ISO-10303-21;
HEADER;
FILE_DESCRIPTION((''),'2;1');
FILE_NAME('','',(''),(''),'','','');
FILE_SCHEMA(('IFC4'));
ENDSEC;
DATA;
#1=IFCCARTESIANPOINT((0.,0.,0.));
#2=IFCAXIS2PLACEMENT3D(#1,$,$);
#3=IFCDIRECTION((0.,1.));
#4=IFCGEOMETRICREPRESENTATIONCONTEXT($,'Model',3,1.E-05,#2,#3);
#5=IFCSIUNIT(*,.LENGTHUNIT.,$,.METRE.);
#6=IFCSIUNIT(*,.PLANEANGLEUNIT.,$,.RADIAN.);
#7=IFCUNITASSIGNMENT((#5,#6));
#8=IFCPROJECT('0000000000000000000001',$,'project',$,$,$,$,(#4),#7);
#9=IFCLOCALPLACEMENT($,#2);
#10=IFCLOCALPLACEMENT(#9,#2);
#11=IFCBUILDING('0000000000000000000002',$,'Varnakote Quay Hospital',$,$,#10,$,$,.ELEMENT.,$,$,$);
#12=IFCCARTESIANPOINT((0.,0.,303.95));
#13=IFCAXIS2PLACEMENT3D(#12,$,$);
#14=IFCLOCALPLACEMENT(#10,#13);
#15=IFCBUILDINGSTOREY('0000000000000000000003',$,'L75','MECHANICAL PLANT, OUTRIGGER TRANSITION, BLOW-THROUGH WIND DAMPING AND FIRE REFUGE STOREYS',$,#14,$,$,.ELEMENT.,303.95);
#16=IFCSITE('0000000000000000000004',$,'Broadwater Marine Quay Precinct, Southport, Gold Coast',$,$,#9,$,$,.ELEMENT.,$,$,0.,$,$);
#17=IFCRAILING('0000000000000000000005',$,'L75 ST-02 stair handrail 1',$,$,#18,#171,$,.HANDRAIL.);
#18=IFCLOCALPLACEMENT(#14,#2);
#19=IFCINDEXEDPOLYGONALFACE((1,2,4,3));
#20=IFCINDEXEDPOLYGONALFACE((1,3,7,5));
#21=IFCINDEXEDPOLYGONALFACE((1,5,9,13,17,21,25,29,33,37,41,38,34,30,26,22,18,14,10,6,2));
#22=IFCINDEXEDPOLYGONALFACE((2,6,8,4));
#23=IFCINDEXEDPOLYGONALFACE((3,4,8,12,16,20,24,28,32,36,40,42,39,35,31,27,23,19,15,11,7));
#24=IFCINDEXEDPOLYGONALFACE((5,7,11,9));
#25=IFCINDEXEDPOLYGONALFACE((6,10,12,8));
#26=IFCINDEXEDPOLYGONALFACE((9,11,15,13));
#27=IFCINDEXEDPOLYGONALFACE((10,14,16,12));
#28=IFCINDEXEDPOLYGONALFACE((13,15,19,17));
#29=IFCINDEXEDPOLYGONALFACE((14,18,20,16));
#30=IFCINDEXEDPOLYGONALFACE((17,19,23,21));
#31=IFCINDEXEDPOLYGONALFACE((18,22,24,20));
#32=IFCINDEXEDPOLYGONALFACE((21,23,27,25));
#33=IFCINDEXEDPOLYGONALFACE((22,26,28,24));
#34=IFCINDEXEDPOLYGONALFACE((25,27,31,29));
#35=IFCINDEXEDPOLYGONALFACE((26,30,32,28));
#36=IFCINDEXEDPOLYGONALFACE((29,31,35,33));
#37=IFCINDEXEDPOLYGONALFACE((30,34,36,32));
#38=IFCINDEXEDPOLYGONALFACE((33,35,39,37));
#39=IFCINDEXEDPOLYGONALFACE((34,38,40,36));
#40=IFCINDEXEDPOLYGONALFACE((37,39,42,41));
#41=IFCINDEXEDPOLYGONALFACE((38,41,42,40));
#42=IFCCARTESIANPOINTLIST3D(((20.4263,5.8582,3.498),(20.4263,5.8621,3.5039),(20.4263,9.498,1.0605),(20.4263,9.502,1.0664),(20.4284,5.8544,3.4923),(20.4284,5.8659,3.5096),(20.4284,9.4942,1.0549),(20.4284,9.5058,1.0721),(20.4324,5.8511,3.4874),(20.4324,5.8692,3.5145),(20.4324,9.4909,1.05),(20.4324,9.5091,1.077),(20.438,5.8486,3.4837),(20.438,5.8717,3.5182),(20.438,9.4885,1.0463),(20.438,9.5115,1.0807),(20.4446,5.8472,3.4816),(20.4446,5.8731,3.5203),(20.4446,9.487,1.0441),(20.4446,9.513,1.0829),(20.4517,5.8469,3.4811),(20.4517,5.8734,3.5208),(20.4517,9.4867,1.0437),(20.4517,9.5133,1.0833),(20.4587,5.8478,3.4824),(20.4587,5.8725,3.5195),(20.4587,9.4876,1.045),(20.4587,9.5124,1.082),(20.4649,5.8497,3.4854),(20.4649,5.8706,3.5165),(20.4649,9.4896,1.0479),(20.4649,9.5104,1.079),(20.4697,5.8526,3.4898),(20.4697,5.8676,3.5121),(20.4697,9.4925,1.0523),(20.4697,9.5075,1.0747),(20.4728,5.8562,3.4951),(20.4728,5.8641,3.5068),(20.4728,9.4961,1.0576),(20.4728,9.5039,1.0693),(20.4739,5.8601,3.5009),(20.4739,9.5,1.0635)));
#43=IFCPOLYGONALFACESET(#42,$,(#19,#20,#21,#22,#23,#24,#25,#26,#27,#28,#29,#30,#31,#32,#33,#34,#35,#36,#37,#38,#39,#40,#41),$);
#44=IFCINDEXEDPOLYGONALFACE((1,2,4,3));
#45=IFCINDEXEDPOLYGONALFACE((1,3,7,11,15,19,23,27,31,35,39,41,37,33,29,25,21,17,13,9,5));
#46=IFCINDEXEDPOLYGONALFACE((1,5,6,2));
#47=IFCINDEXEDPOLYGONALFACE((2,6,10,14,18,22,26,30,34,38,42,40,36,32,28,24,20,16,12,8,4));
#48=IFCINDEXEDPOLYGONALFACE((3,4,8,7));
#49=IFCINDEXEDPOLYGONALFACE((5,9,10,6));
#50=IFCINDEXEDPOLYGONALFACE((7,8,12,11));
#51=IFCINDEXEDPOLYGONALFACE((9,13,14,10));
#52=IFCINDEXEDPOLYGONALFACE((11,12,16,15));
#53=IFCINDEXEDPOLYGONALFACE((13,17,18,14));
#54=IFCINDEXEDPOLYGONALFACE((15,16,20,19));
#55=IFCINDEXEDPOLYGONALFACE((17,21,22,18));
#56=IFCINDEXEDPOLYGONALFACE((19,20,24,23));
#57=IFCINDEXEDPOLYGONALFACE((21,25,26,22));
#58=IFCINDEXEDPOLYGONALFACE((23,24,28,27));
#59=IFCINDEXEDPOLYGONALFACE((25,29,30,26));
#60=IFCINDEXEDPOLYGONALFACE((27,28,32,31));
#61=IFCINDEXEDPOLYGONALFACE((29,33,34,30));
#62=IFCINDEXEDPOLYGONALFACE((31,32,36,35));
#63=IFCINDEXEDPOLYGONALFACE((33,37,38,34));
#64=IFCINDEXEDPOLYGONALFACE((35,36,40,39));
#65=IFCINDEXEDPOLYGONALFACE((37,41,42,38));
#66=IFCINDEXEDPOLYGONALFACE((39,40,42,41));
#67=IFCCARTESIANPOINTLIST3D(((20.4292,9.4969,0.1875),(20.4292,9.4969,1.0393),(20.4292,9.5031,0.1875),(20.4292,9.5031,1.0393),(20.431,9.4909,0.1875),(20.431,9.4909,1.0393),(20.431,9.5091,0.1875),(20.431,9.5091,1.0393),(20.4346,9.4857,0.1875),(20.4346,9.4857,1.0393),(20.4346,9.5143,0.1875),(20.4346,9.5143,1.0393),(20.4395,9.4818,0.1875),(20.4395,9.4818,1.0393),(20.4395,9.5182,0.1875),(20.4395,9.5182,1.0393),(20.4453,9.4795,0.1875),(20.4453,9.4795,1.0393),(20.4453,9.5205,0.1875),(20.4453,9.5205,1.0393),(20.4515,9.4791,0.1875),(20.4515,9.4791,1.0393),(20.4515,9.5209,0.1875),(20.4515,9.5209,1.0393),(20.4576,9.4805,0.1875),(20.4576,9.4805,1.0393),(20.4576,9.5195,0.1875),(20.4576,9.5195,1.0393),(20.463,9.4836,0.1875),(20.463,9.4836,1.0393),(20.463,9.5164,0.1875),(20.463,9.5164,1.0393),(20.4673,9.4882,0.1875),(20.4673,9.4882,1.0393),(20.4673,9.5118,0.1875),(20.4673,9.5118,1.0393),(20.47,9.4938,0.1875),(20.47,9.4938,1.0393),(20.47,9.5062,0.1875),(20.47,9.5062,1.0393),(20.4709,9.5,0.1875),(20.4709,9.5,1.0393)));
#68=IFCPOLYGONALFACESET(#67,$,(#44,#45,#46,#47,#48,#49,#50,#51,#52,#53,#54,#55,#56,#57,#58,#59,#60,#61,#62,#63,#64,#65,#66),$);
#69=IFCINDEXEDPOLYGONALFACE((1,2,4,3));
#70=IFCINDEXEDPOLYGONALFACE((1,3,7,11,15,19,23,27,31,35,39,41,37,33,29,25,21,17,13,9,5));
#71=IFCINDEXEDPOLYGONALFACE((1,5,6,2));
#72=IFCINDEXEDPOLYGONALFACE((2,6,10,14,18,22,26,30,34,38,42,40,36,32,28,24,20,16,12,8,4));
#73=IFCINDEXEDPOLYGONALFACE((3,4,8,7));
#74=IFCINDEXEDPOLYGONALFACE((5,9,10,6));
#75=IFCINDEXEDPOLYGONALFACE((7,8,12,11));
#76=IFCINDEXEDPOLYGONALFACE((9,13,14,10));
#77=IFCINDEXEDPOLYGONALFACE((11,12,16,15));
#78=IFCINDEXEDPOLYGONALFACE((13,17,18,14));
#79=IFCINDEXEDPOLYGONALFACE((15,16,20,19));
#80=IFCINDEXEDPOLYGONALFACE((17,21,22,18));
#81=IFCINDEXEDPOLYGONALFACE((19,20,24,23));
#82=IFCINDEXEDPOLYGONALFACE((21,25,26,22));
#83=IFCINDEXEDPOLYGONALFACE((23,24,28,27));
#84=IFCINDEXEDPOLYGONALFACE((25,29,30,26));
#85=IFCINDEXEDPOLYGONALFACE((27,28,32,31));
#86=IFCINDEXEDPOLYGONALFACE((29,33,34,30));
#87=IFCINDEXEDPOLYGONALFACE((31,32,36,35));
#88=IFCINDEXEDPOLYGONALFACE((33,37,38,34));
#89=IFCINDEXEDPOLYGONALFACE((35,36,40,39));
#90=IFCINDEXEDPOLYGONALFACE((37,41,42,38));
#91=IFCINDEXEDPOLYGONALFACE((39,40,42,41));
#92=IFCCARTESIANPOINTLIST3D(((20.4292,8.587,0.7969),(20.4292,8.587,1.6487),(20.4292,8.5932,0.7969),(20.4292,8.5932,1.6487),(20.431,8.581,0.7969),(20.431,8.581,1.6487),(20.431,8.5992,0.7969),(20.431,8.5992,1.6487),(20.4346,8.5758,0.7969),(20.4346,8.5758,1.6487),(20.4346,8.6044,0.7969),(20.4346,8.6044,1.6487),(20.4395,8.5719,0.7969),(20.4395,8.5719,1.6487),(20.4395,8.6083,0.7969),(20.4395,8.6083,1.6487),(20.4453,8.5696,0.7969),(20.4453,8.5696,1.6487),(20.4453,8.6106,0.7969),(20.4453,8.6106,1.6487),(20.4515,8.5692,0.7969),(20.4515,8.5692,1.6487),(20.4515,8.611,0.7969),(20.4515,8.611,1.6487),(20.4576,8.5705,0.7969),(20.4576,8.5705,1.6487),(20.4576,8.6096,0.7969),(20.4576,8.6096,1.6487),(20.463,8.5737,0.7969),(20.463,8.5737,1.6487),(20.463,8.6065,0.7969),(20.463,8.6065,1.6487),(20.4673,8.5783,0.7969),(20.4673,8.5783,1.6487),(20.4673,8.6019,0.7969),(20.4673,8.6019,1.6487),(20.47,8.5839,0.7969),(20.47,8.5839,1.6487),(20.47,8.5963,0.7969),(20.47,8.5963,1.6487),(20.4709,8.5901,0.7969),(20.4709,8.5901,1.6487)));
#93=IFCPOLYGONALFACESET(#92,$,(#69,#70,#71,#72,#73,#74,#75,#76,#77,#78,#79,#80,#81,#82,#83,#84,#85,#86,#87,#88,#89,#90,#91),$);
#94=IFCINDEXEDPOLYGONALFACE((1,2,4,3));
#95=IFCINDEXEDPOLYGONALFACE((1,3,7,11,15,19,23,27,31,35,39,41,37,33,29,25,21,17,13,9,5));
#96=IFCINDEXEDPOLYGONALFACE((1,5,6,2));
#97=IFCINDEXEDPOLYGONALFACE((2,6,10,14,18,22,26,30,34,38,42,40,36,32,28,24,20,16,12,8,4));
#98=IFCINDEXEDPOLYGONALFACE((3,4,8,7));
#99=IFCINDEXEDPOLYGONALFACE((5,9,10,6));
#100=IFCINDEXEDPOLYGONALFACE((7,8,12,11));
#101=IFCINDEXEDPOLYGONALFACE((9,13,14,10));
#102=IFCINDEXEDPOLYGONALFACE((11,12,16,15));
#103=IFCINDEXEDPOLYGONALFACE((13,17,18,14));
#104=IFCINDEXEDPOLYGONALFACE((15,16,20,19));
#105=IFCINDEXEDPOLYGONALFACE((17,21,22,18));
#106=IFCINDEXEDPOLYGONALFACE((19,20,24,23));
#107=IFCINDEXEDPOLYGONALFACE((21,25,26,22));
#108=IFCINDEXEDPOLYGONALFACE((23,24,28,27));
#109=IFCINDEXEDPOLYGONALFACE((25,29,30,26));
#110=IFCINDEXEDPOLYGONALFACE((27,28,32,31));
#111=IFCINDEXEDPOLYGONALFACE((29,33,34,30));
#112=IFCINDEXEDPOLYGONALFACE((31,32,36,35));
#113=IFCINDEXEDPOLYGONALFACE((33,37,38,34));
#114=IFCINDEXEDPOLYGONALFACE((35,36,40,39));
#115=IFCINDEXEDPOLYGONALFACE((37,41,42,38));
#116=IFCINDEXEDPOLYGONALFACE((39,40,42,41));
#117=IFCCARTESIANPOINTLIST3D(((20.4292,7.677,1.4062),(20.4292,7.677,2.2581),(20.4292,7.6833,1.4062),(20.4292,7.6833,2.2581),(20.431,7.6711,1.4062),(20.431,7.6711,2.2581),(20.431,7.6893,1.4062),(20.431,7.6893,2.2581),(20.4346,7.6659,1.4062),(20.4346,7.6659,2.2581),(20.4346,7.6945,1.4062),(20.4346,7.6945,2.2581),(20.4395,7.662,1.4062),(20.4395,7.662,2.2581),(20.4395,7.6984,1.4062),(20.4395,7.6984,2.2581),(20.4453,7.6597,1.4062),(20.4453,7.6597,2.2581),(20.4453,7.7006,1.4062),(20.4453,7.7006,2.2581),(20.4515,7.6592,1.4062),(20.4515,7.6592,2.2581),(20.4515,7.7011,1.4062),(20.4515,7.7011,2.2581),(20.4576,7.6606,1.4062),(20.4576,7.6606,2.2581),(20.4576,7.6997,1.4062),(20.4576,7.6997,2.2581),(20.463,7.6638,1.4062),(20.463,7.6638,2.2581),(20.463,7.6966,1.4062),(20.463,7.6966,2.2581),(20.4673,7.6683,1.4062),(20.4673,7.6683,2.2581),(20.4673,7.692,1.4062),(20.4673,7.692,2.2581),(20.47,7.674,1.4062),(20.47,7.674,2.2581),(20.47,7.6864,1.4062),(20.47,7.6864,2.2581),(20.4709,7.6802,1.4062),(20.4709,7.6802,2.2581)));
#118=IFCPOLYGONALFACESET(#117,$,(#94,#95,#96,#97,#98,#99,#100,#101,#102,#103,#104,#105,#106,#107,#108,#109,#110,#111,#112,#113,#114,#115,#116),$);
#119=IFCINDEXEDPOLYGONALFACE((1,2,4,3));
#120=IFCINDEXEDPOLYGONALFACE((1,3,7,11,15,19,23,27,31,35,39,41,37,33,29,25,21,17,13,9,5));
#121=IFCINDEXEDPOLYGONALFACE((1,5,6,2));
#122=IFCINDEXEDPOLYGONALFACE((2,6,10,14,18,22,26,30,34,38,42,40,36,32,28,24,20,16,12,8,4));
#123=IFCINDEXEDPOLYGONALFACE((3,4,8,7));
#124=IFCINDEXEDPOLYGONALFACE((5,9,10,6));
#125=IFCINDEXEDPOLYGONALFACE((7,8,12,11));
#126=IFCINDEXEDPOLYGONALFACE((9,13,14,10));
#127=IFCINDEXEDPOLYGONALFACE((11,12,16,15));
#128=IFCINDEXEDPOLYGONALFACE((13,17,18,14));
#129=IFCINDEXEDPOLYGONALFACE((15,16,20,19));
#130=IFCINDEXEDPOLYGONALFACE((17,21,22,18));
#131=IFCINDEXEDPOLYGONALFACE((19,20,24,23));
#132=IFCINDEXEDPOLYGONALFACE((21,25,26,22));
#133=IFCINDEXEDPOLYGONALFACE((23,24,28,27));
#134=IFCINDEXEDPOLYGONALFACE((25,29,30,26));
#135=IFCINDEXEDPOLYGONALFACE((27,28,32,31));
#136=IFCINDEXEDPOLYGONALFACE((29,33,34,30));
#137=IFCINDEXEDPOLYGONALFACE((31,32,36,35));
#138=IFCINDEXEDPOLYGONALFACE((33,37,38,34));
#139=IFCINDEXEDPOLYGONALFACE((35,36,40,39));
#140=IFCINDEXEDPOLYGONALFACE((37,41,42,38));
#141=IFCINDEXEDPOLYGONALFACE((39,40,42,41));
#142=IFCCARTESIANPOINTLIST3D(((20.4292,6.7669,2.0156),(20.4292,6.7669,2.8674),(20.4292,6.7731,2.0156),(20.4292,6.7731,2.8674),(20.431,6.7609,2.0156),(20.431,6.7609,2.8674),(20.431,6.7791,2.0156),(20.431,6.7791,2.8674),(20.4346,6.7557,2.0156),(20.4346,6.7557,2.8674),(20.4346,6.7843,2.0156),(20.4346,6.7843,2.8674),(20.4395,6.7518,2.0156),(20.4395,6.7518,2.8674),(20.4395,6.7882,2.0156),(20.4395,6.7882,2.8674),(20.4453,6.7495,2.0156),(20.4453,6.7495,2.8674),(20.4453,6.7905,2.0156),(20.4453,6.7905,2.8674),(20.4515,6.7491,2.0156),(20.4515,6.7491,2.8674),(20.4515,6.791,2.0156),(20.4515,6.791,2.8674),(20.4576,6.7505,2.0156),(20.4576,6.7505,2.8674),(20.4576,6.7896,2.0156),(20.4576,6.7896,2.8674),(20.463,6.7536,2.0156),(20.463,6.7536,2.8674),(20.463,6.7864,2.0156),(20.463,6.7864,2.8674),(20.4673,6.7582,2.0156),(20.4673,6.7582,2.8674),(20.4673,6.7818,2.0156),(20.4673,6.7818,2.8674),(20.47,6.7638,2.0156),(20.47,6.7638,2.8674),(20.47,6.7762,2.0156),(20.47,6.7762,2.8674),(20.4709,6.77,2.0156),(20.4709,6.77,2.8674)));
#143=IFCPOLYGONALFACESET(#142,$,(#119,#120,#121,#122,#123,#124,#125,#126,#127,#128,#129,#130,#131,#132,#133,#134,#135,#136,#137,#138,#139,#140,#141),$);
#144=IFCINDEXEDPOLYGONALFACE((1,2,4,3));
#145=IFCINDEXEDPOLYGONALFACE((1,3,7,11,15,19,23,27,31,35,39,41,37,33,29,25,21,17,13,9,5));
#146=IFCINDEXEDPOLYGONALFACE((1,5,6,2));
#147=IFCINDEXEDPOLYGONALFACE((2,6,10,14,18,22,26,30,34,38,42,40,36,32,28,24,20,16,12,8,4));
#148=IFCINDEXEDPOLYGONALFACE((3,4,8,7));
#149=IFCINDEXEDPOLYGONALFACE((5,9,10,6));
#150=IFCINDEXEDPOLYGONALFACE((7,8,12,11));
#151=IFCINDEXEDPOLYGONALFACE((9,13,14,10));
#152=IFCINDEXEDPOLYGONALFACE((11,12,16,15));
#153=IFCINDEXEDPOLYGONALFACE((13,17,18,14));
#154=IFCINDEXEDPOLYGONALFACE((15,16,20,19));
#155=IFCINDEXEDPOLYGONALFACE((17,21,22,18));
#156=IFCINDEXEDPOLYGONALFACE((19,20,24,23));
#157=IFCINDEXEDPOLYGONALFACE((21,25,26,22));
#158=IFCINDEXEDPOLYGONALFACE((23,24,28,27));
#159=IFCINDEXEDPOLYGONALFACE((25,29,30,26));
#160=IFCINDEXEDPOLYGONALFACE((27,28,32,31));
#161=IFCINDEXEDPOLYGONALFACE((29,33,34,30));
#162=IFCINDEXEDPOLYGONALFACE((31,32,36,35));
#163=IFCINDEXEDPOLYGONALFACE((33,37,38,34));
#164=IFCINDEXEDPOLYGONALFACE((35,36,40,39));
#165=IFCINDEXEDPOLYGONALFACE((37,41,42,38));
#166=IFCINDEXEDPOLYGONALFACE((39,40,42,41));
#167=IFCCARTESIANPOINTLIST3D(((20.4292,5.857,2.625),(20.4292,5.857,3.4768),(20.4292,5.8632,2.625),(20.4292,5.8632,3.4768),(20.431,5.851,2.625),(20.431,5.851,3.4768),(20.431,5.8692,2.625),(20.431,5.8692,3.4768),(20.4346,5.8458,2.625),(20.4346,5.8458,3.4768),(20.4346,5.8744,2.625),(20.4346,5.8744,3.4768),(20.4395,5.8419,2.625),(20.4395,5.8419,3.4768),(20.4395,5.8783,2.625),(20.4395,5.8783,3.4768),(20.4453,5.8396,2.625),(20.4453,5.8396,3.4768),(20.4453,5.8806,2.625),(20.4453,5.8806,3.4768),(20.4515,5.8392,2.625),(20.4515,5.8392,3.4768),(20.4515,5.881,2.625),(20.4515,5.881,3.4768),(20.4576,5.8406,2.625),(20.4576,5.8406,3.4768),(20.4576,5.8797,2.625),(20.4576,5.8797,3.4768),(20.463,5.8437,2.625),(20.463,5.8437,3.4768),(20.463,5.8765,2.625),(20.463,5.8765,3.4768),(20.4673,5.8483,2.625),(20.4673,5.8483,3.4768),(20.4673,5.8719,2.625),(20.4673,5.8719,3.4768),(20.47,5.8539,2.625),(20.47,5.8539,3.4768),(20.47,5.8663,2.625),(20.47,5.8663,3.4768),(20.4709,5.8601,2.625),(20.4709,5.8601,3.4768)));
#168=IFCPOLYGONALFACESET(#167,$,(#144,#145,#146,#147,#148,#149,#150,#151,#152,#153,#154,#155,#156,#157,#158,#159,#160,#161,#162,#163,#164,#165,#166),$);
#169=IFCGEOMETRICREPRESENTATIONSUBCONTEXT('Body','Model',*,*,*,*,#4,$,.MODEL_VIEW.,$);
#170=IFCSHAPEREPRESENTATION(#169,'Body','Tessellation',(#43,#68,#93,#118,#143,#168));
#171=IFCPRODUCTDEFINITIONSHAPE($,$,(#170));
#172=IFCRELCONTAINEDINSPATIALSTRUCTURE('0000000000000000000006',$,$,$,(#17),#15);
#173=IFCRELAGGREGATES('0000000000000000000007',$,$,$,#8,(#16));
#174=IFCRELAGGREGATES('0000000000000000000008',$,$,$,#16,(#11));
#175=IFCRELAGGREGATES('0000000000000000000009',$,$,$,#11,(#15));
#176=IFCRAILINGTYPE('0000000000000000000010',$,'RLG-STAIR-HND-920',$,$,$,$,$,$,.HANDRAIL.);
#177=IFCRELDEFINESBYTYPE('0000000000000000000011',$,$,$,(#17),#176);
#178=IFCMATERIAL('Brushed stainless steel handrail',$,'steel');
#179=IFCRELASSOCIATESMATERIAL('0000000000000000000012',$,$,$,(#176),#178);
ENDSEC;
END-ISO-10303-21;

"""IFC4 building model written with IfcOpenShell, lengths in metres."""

from ifc_helpers import new_model, si_unit, direction, frame, origin, origin_2d, place, context, subcontext, project, spatial, circle, extrude, material, type_object, element, save


model = new_model("IFC4")

# Units and contexts
model_context = context("Model", 3, precision=1e-05, world=origin(), true_north=direction((0.0, 1.0)))
body_context = subcontext(model_context, "Body", "Model", "MODEL_VIEW")
ifc_project = project(units=[si_unit("LENGTHUNIT", "METRE"), si_unit("PLANEANGLEUNIT", "RADIAN")], contexts=[model_context])

# Site, building, storey
site_placement = place(None, origin())
site = spatial("IfcSite", under=ifc_project, at=site_placement, Name="Broadwater Marine Quay Precinct, Southport, Gold Coast", CompositionType="ELEMENT", RefElevation=0.0)
building_placement = place(site_placement, origin())
building = spatial("IfcBuilding", under=site, at=building_placement, Name="Varnakote Quay Hospital", CompositionType="ELEMENT")
storey_placement = place(building_placement, frame((0.0, 0.0, 303.95)))
storey = spatial("IfcBuildingStorey", under=building, at=storey_placement, Name="L75", Description="MECHANICAL PLANT, OUTRIGGER TRANSITION, BLOW-THROUGH WIND DAMPING AND FIRE REFUGE STOREYS", CompositionType="ELEMENT", Elevation=303.95)

# Railing
ifc_material_1 = material(Name="Brushed stainless steel handrail", Category="steel")
railing_type_1 = type_object("IfcRailingType", Name="RLG-STAIR-HND-920", PredefinedType="HANDRAIL", material=ifc_material_1)
railing_1_placement = place(storey_placement, frame((20.45, 9.5, 0.1875)))
element("IfcRailing", 1, at=railing_1_placement, inside=storey, type_object=railing_type_1, Name="L75 ST-02 stair handrail 1", PredefinedType="HANDRAIL", context=body_context, shape_type="SweptSolid", body=[
    extrude(circle(Radius=0.0239, at=origin_2d()), frame((0.0, 0.0, 0.876), z_axis=(0.0, -0.8309, 0.556422), x_axis=(1.0, 0.0, 0.0)), (0.0, 0.0, 1.0), 4.3806),
    extrude(circle(Radius=0.021, at=origin_2d()), origin(), (0.0, 0.0, 1.0), 0.8518),
    extrude(circle(Radius=0.021, at=origin_2d()), frame((0.0, -0.9099, 0.6094)), (0.0, 0.0, 1.0), 0.8518),
    extrude(circle(Radius=0.021, at=origin_2d()), frame((0.0, -1.8198, 1.2188)), (0.0, 0.0, 1.0), 0.8518),
    extrude(circle(Radius=0.021, at=origin_2d()), frame((0.0, -2.73, 1.8281)), (0.0, 0.0, 1.0), 0.8518),
    extrude(circle(Radius=0.021, at=origin_2d()), frame((0.0, -3.6399, 2.4375)), (0.0, 0.0, 1.0), 0.8518),
])

save(model, "model.ifc")
